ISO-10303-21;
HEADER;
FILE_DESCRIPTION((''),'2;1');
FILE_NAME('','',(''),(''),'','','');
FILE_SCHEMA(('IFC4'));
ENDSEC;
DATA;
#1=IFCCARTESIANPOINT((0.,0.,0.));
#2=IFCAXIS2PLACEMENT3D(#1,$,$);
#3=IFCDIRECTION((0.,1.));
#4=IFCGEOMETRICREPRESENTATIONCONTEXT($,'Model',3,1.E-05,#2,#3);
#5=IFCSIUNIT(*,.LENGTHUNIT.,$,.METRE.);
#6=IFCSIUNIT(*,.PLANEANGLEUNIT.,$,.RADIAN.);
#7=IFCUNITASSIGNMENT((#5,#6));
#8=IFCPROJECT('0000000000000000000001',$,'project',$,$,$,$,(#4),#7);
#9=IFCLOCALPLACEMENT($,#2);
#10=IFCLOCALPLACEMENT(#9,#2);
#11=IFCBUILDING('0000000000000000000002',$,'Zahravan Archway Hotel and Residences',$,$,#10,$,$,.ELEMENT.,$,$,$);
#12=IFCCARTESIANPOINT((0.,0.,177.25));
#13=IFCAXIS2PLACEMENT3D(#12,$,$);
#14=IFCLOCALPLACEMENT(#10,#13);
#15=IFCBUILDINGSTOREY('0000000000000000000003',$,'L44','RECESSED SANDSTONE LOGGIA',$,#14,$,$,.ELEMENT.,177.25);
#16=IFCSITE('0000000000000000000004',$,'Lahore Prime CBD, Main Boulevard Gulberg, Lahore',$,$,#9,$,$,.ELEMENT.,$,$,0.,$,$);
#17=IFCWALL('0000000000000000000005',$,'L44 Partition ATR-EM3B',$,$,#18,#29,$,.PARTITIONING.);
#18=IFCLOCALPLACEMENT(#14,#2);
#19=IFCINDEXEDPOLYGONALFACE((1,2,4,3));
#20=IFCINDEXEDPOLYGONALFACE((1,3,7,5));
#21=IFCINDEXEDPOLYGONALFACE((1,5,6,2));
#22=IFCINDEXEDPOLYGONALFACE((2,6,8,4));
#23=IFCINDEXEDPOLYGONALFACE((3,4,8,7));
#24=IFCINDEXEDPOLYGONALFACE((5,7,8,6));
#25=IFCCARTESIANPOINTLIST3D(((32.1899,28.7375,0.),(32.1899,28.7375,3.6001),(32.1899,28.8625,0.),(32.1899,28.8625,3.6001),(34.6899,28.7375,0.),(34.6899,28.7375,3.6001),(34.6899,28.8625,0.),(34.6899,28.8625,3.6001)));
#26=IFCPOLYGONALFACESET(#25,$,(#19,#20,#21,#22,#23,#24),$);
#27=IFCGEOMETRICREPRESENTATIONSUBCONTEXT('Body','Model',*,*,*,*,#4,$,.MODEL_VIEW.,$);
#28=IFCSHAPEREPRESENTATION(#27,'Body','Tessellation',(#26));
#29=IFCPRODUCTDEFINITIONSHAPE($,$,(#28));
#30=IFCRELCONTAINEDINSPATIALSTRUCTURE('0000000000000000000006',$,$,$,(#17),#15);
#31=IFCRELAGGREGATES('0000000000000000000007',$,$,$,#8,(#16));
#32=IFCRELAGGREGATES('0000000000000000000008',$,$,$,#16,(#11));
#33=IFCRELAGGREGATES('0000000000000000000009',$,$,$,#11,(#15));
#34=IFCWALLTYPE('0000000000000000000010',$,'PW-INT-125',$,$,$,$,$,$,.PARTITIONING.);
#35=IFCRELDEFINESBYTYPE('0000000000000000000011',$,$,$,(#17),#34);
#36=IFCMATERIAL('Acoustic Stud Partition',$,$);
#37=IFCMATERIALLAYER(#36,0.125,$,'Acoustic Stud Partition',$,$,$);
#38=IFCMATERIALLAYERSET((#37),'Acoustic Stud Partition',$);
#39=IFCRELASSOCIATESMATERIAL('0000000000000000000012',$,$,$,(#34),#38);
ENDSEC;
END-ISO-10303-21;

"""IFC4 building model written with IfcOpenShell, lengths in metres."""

from ifc_helpers import new_model, si_unit, direction, frame, frame_2d, origin, place, context, subcontext, project, spatial, rectangle, extrude, material, layer, layer_set, type_object, element, save


model = new_model("IFC4")

# Units and contexts
model_context = context("Model", 3, precision=1e-05, world=origin(), true_north=direction((0.0, 1.0)))
body_context = subcontext(model_context, "Body", "Model", "MODEL_VIEW")
ifc_project = project(units=[si_unit("LENGTHUNIT", "METRE"), si_unit("PLANEANGLEUNIT", "RADIAN")], contexts=[model_context])

# Site, building, storey
site_placement = place(None, origin())
site = spatial("IfcSite", under=ifc_project, at=site_placement, Name="Lahore Prime CBD, Main Boulevard Gulberg, Lahore", CompositionType="ELEMENT", RefElevation=0.0)
building_placement = place(site_placement, origin())
building = spatial("IfcBuilding", under=site, at=building_placement, Name="Zahravan Archway Hotel and Residences", CompositionType="ELEMENT")
storey_placement = place(building_placement, frame((0.0, 0.0, 177.25)))
storey = spatial("IfcBuildingStorey", under=building, at=storey_placement, Name="L44", Description="RECESSED SANDSTONE LOGGIA", CompositionType="ELEMENT", Elevation=177.25)

# Wall
ifc_material_1 = material(Name="Acoustic Stud Partition")
ifc_layer_1 = layer(ifc_material_1, 0.125, Name="Acoustic Stud Partition")
ifc_layer_set_1 = layer_set([ifc_layer_1], Name="Acoustic Stud Partition")
wall_type = type_object("IfcWallType", Name="PW-INT-125", PredefinedType="PARTITIONING", material=ifc_layer_set_1)
for number, where, z_axis, x_axis, name in (
    (1, (32.1899, 28.8, 0.0), (0.0, 0.0, 1.0), (1.0, 0.0, 0.0), "L44 Partition ATR-EM3B"),
):
    element("IfcWall", number, at=place(storey_placement, frame(where, z_axis=z_axis, x_axis=x_axis)), inside=storey, type_object=wall_type, Name=name, PredefinedType="PARTITIONING", context=body_context, shape_type="SweptSolid", body=[
        extrude(rectangle(XDim=2.5, YDim=0.125, at=frame_2d((1.25, 0.0))), origin(), (0.0, 0.0, 1.0), 3.6001),
    ])

save(model, "model.ifc")
